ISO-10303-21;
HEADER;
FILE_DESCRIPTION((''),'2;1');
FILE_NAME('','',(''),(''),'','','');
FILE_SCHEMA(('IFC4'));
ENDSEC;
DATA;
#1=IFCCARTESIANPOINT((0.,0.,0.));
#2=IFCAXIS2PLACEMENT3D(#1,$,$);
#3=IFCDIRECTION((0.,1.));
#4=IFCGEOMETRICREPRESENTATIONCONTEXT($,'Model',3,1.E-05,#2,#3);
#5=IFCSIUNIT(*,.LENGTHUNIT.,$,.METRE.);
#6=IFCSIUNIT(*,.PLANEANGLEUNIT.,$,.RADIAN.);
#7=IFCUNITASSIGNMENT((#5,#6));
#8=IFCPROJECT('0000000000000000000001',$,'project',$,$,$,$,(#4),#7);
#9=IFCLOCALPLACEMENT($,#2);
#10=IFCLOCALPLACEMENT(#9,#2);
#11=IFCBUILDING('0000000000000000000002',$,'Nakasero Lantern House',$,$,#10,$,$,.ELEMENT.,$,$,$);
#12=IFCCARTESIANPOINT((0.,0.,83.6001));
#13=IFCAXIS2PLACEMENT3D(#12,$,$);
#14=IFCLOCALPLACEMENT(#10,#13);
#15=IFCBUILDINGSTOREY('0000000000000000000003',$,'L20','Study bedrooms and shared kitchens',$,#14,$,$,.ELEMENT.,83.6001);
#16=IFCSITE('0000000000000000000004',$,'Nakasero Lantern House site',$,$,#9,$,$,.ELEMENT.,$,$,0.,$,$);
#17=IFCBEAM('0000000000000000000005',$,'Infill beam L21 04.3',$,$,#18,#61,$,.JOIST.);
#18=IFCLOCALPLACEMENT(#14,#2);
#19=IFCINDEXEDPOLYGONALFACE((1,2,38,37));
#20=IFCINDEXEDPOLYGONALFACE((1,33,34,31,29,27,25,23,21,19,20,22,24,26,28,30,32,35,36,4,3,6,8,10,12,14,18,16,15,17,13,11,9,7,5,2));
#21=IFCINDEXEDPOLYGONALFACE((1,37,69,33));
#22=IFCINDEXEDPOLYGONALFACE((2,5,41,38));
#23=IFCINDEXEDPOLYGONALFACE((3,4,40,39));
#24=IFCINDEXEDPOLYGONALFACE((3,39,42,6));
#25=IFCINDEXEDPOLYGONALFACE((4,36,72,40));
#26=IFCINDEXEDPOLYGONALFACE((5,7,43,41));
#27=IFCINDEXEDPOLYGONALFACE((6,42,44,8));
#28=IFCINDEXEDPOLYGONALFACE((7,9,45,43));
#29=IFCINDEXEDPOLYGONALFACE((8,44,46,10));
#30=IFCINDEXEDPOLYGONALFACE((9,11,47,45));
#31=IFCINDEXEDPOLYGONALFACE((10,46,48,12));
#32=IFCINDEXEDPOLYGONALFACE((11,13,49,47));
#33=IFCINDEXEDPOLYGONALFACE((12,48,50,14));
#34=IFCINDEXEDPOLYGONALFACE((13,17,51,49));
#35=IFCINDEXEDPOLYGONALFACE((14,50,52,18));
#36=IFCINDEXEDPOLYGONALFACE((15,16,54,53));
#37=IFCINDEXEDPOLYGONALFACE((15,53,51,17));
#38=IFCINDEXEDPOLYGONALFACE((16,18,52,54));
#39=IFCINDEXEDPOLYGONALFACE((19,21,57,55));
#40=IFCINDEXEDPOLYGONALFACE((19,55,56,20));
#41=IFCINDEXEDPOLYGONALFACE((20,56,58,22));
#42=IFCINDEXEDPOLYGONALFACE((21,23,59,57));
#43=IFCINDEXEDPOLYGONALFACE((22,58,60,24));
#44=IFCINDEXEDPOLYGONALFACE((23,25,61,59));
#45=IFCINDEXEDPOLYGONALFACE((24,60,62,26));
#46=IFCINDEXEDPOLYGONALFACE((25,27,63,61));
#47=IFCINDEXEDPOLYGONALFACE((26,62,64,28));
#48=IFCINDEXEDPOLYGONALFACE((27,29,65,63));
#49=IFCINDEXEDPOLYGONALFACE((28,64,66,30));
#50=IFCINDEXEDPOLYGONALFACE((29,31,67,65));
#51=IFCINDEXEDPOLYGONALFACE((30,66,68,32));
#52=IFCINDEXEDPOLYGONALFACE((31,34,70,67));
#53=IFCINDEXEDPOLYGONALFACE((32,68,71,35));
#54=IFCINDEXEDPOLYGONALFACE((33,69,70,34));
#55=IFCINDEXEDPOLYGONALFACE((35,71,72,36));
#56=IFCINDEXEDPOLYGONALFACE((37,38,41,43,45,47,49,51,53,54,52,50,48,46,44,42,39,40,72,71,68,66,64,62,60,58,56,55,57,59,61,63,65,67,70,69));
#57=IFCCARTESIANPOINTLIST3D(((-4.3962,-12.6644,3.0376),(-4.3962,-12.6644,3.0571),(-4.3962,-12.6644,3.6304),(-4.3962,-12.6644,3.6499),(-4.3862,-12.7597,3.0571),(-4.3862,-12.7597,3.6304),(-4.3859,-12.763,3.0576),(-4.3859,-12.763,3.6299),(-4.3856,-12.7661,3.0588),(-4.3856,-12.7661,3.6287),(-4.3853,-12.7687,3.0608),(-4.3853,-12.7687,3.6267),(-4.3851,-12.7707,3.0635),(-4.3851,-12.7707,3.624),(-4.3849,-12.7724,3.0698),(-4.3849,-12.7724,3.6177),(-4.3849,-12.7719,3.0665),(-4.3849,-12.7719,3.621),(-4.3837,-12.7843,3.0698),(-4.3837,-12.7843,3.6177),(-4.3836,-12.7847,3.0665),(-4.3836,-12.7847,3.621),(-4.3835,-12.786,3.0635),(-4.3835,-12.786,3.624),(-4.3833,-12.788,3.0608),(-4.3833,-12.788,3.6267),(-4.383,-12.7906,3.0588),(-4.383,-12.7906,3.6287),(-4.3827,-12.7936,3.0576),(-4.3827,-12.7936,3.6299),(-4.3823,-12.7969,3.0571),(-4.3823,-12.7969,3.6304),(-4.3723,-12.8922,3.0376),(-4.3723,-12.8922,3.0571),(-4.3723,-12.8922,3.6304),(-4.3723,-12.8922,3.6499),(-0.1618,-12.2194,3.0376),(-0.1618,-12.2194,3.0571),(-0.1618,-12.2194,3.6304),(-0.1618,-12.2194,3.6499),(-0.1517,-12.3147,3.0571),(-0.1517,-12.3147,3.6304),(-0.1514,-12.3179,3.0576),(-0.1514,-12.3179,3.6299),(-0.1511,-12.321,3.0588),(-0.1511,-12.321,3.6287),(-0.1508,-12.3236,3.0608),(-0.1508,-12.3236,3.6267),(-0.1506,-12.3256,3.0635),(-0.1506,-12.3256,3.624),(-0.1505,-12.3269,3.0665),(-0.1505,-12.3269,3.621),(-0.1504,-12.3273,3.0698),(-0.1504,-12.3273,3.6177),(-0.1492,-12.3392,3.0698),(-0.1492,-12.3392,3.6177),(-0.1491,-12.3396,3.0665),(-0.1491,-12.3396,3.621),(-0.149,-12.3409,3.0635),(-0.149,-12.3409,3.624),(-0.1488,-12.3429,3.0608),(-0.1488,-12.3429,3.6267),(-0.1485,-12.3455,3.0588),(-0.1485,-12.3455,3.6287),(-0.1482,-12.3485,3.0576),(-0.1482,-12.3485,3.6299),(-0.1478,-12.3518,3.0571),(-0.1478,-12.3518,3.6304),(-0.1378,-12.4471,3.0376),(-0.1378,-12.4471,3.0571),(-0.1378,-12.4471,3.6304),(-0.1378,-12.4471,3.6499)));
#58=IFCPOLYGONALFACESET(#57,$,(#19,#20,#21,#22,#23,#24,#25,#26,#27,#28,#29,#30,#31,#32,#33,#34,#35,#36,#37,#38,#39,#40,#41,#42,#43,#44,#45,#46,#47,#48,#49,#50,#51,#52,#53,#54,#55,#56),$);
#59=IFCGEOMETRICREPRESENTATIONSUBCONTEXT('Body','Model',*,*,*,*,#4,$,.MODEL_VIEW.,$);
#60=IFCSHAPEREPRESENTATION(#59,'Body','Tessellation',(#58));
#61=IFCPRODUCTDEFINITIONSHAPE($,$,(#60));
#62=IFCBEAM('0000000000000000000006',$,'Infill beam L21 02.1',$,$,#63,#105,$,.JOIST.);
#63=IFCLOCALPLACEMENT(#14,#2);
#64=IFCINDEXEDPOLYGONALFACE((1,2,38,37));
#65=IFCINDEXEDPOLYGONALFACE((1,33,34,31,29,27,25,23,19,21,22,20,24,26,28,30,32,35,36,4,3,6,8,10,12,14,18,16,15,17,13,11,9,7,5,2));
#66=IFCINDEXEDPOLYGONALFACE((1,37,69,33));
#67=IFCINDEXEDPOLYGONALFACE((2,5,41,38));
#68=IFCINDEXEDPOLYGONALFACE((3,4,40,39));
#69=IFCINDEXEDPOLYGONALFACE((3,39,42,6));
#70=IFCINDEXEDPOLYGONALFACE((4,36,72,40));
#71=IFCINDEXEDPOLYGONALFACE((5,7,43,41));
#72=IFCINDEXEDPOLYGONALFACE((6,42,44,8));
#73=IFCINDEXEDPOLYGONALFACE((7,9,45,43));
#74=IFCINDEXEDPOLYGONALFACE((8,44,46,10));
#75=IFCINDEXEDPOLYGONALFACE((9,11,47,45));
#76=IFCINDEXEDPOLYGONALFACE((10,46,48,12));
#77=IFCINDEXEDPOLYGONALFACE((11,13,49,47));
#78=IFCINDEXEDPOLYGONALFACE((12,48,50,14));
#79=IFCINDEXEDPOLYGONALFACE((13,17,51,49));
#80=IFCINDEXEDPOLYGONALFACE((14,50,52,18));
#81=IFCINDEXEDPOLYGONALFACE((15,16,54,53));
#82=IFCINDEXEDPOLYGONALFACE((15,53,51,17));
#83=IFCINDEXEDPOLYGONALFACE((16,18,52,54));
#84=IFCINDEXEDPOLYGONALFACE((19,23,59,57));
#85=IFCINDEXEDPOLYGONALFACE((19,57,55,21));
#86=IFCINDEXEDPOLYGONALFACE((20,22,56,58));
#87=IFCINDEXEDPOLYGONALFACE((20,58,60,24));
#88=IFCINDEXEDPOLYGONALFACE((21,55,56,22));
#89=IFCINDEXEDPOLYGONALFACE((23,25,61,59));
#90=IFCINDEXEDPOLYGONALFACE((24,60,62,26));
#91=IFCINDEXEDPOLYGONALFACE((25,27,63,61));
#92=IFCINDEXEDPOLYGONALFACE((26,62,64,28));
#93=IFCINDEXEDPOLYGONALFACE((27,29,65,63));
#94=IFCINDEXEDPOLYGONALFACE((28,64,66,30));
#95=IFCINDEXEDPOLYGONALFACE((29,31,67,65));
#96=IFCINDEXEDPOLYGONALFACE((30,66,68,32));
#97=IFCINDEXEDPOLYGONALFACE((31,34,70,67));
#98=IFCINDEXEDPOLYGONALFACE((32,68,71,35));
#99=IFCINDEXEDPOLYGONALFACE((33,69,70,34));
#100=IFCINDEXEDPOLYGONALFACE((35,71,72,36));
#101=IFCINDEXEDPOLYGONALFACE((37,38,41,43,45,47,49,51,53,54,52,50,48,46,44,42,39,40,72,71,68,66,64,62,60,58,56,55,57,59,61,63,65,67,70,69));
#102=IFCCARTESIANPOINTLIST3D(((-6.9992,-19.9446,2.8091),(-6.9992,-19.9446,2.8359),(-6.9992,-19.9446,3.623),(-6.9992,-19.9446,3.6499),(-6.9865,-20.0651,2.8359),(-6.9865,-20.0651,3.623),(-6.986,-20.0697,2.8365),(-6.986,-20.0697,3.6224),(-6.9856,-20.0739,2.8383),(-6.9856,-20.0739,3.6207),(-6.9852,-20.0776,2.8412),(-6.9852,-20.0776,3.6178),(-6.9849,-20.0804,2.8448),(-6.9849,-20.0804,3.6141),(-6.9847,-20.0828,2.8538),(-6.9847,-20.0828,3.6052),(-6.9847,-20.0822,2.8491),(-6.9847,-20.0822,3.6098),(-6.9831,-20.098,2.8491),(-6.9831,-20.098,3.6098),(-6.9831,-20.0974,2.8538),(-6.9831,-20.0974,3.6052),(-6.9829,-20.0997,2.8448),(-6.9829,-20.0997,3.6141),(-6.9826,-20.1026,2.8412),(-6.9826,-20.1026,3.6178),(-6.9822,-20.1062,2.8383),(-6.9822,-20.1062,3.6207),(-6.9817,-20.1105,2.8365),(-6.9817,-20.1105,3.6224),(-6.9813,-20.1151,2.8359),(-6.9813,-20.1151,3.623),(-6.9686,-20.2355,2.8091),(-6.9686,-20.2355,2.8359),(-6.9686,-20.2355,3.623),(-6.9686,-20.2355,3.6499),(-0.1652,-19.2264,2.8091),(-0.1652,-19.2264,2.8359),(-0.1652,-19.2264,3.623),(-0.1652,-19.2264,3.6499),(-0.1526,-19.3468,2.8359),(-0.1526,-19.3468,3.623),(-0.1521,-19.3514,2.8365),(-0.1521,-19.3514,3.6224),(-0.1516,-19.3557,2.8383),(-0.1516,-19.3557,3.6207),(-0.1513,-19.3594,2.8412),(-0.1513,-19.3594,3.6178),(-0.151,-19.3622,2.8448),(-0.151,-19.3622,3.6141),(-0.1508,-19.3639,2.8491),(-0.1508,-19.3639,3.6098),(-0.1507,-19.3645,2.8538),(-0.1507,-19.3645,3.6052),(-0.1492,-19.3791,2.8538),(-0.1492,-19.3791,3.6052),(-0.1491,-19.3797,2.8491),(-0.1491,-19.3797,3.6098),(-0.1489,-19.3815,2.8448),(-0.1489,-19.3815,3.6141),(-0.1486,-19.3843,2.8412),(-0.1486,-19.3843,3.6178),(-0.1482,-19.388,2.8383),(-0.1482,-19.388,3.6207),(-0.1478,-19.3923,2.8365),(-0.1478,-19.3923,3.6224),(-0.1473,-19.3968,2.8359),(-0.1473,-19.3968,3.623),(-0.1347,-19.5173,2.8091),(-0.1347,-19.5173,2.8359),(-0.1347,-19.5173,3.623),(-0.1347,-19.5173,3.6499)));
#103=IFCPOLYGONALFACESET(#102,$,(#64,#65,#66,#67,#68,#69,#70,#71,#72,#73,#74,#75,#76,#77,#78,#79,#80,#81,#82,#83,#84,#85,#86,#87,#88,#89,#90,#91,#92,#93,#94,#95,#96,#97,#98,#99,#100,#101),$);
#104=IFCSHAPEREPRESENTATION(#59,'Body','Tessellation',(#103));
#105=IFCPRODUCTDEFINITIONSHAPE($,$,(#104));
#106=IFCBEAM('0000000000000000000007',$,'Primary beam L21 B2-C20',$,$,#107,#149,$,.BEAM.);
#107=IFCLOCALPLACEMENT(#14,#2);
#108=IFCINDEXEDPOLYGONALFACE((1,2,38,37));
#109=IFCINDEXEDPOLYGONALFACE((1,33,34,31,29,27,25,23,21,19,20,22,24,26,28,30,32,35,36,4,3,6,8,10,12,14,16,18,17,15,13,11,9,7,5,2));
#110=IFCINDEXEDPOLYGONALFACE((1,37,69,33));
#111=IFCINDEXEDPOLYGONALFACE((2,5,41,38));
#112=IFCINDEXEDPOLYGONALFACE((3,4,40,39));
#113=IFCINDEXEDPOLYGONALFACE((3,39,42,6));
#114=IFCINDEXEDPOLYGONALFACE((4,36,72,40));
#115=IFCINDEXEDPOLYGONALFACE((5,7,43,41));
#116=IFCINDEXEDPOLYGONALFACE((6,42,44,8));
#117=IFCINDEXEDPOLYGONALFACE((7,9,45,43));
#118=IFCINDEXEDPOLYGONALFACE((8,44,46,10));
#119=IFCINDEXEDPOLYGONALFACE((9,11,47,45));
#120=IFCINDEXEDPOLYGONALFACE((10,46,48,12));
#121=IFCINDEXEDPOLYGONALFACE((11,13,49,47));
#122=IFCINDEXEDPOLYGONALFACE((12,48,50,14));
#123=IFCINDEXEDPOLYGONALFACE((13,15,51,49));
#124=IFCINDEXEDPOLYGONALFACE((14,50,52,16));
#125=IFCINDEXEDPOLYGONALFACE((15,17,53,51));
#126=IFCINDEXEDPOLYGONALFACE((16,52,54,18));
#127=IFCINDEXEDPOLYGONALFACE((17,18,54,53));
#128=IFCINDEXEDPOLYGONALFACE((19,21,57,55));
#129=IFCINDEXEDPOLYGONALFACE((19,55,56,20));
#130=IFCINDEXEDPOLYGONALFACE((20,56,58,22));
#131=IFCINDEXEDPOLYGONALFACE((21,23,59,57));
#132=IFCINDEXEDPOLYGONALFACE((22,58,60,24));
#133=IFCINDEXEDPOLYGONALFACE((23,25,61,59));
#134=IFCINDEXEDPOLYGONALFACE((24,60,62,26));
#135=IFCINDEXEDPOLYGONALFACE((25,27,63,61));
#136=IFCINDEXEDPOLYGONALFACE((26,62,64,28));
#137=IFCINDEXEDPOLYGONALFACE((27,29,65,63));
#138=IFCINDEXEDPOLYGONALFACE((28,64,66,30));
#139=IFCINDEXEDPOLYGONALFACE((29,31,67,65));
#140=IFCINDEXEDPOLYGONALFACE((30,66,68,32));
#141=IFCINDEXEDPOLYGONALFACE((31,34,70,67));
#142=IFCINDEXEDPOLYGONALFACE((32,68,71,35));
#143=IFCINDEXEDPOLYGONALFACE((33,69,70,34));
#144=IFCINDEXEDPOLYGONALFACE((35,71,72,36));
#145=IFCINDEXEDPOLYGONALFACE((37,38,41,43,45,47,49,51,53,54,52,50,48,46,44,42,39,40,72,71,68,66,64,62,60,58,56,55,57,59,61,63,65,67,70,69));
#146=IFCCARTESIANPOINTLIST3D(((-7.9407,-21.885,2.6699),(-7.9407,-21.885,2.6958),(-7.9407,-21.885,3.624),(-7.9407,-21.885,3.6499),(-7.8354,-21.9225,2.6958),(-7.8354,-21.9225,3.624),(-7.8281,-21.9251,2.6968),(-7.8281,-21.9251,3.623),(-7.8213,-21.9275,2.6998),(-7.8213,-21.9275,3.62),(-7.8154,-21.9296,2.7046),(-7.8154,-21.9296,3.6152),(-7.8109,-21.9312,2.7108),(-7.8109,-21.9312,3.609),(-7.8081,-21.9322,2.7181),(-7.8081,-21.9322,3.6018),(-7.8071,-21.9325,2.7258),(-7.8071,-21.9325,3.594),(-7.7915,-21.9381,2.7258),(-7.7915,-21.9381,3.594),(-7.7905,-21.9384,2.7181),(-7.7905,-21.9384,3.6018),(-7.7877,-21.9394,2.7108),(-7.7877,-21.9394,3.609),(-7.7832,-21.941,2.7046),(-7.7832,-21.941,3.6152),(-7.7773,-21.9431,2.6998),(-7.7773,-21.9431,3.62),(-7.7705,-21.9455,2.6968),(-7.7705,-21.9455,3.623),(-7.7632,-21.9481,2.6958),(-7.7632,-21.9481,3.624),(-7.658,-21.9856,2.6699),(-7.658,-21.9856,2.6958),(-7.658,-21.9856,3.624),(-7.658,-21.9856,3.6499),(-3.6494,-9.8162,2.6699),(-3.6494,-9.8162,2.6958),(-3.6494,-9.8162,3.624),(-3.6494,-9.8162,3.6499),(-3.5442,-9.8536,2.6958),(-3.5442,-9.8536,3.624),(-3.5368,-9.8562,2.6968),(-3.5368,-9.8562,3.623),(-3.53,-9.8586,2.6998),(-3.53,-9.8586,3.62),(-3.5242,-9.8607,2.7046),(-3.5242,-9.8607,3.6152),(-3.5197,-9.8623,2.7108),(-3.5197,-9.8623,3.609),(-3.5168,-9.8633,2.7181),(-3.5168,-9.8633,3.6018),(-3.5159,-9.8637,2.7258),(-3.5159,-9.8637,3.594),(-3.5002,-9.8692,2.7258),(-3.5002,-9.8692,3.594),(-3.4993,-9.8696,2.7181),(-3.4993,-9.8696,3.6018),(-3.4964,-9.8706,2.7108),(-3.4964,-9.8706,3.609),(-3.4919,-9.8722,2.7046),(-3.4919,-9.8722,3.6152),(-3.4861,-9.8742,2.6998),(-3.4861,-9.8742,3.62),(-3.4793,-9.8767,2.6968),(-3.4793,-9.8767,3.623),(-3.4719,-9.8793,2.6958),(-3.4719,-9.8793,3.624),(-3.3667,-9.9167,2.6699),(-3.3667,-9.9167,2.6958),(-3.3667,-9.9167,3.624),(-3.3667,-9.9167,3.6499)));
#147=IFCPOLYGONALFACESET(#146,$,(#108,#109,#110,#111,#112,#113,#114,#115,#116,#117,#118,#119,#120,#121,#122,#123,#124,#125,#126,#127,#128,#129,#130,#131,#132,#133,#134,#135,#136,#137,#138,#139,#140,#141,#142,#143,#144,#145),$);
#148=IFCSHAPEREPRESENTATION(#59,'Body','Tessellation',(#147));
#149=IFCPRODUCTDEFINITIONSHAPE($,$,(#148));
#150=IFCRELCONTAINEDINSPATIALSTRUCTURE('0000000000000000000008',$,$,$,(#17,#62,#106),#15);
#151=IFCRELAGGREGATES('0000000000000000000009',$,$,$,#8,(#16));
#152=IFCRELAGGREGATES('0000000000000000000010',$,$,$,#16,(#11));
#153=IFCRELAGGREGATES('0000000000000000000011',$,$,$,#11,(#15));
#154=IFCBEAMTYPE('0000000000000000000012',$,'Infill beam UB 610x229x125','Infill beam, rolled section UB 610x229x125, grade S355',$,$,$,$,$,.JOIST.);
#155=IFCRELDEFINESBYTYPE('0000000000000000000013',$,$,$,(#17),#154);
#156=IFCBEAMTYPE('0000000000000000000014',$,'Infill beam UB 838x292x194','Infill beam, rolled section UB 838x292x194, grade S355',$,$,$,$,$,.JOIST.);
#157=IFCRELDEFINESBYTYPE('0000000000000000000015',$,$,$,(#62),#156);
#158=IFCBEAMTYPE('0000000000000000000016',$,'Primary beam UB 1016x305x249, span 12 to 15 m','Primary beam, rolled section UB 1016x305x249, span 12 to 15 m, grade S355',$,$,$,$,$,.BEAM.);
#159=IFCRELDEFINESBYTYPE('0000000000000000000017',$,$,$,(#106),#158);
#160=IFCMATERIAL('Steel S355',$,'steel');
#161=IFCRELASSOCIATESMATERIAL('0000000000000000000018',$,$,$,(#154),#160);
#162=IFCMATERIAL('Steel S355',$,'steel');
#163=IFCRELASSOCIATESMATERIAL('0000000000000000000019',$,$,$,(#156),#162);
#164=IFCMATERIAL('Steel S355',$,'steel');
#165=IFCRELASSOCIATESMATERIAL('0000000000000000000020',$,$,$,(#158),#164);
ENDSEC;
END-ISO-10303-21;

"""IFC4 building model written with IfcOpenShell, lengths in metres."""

from ifc_helpers import new_model, si_unit, direction, frame, origin, origin_2d, place, context, subcontext, project, spatial, i_section, extrude, material, material_profile, profile_set, type_object, element, save


model = new_model("IFC4")

# Units and contexts
model_context = context("Model", 3, precision=1e-05, world=origin(), true_north=direction((0.0, 1.0)))
body_context = subcontext(model_context, "Body", "Model", "MODEL_VIEW")
ifc_project = project(units=[si_unit("LENGTHUNIT", "METRE"), si_unit("PLANEANGLEUNIT", "RADIAN")], contexts=[model_context])

# Site, building, storey
site_placement = place(None, origin())
site = spatial("IfcSite", under=ifc_project, at=site_placement, Name="Nakasero Lantern House site", CompositionType="ELEMENT", RefElevation=0.0)
building_placement = place(site_placement, origin())
building = spatial("IfcBuilding", under=site, at=building_placement, Name="Nakasero Lantern House", CompositionType="ELEMENT")
storey_placement = place(building_placement, frame((0.0, 0.0, 83.6001)))
storey = spatial("IfcBuildingStorey", under=building, at=storey_placement, Name="L20", Description="Study bedrooms and shared kitchens", CompositionType="ELEMENT", Elevation=83.6001)

# Beams
ifc_material_1 = material(Name="Steel S355", Category="steel")
ifc_material_profile_1 = material_profile(ifc_material_1, i_section(OverallWidth=0.229, OverallDepth=0.6123, WebThickness=0.012, FlangeThickness=0.0195, FilletRadius=0.0127, at=origin_2d()), Name="UB 610x229x125")
ifc_profile_set_1 = profile_set([ifc_material_profile_1], Name="Steel S355")
beam_type_1 = type_object("IfcBeamType", Name="Infill beam UB 610x229x125", Description="Infill beam, rolled section UB 610x229x125, grade S355", PredefinedType="JOIST", material=ifc_profile_set_1)
beam_1_placement = place(storey_placement, frame((-4.3843, -12.7783, 3.3438), z_axis=(0.994521, 0.104533, 0.0), x_axis=(-0.104533, 0.994521, 0.0)))
element("IfcBeam", 1, at=beam_1_placement, inside=storey, type_object=beam_type_1, Name="Infill beam L21 04.3", PredefinedType="JOIST", context=body_context, shape_type="SweptSolid", body=[
    extrude(i_section(OverallWidth=0.229, OverallDepth=0.6123, WebThickness=0.012, FlangeThickness=0.0195, FilletRadius=0.0127, at=origin_2d()), origin(), (0.0, 0.0, 1.0), 4.2578),
])
ifc_material_2 = material(Name="Steel S355", Category="steel")
ifc_material_profile_2 = material_profile(ifc_material_2, i_section(OverallWidth=0.2925, OverallDepth=0.8408, WebThickness=0.0146, FlangeThickness=0.0269, FilletRadius=0.0178, at=origin_2d()), Name="UB 838x292x194")
ifc_profile_set_2 = profile_set([ifc_material_profile_2], Name="Steel S355")
beam_type_2 = type_object("IfcBeamType", Name="Infill beam UB 838x292x194", Description="Infill beam, rolled section UB 838x292x194, grade S355", PredefinedType="JOIST", material=ifc_profile_set_2)
beam_2_placement = place(storey_placement, frame((-6.9839, -20.0901, 3.2295), z_axis=(0.994522, 0.104526, 0.0), x_axis=(-0.104526, 0.994522, 0.0)))
element("IfcBeam", 2, at=beam_2_placement, inside=storey, type_object=beam_type_2, Name="Infill beam L21 02.1", PredefinedType="JOIST", context=body_context, shape_type="SweptSolid", body=[
    extrude(i_section(OverallWidth=0.2925, OverallDepth=0.8408, WebThickness=0.0146, FlangeThickness=0.0269, FilletRadius=0.0178, at=origin_2d()), origin(), (0.0, 0.0, 1.0), 6.8716),
])
ifc_material_3 = material(Name="Steel S355", Category="steel")
ifc_material_profile_3 = material_profile(ifc_material_3, i_section(OverallWidth=0.3, OverallDepth=0.98, WebThickness=0.0166, FlangeThickness=0.0259, FilletRadius=0.03, at=origin_2d()), Name="UB 1016x305x249")
ifc_profile_set_3 = profile_set([ifc_material_profile_3], Name="Steel S355")
beam_type_3 = type_object("IfcBeamType", Name="Primary beam UB 1016x305x249, span 12 to 15 m", Description="Primary beam, rolled section UB 1016x305x249, span 12 to 15 m, grade S355", PredefinedType="BEAM", material=ifc_profile_set_3)
beam_3_placement = place(storey_placement, frame((-7.7993, -21.9353, 3.1599), z_axis=(0.335018, 0.942212, 0.0), x_axis=(-0.942212, 0.335018, 0.0)))
element("IfcBeam", 3, at=beam_3_placement, inside=storey, type_object=beam_type_3, Name="Primary beam L21 B2-C20", PredefinedType="BEAM", context=body_context, shape_type="SweptSolid", body=[
    extrude(i_section(OverallWidth=0.3, OverallDepth=0.98, WebThickness=0.0166, FlangeThickness=0.0259, FilletRadius=0.03, at=origin_2d()), origin(), (0.0, 0.0, 1.0), 12.8091),
])

save(model, "model.ifc")
